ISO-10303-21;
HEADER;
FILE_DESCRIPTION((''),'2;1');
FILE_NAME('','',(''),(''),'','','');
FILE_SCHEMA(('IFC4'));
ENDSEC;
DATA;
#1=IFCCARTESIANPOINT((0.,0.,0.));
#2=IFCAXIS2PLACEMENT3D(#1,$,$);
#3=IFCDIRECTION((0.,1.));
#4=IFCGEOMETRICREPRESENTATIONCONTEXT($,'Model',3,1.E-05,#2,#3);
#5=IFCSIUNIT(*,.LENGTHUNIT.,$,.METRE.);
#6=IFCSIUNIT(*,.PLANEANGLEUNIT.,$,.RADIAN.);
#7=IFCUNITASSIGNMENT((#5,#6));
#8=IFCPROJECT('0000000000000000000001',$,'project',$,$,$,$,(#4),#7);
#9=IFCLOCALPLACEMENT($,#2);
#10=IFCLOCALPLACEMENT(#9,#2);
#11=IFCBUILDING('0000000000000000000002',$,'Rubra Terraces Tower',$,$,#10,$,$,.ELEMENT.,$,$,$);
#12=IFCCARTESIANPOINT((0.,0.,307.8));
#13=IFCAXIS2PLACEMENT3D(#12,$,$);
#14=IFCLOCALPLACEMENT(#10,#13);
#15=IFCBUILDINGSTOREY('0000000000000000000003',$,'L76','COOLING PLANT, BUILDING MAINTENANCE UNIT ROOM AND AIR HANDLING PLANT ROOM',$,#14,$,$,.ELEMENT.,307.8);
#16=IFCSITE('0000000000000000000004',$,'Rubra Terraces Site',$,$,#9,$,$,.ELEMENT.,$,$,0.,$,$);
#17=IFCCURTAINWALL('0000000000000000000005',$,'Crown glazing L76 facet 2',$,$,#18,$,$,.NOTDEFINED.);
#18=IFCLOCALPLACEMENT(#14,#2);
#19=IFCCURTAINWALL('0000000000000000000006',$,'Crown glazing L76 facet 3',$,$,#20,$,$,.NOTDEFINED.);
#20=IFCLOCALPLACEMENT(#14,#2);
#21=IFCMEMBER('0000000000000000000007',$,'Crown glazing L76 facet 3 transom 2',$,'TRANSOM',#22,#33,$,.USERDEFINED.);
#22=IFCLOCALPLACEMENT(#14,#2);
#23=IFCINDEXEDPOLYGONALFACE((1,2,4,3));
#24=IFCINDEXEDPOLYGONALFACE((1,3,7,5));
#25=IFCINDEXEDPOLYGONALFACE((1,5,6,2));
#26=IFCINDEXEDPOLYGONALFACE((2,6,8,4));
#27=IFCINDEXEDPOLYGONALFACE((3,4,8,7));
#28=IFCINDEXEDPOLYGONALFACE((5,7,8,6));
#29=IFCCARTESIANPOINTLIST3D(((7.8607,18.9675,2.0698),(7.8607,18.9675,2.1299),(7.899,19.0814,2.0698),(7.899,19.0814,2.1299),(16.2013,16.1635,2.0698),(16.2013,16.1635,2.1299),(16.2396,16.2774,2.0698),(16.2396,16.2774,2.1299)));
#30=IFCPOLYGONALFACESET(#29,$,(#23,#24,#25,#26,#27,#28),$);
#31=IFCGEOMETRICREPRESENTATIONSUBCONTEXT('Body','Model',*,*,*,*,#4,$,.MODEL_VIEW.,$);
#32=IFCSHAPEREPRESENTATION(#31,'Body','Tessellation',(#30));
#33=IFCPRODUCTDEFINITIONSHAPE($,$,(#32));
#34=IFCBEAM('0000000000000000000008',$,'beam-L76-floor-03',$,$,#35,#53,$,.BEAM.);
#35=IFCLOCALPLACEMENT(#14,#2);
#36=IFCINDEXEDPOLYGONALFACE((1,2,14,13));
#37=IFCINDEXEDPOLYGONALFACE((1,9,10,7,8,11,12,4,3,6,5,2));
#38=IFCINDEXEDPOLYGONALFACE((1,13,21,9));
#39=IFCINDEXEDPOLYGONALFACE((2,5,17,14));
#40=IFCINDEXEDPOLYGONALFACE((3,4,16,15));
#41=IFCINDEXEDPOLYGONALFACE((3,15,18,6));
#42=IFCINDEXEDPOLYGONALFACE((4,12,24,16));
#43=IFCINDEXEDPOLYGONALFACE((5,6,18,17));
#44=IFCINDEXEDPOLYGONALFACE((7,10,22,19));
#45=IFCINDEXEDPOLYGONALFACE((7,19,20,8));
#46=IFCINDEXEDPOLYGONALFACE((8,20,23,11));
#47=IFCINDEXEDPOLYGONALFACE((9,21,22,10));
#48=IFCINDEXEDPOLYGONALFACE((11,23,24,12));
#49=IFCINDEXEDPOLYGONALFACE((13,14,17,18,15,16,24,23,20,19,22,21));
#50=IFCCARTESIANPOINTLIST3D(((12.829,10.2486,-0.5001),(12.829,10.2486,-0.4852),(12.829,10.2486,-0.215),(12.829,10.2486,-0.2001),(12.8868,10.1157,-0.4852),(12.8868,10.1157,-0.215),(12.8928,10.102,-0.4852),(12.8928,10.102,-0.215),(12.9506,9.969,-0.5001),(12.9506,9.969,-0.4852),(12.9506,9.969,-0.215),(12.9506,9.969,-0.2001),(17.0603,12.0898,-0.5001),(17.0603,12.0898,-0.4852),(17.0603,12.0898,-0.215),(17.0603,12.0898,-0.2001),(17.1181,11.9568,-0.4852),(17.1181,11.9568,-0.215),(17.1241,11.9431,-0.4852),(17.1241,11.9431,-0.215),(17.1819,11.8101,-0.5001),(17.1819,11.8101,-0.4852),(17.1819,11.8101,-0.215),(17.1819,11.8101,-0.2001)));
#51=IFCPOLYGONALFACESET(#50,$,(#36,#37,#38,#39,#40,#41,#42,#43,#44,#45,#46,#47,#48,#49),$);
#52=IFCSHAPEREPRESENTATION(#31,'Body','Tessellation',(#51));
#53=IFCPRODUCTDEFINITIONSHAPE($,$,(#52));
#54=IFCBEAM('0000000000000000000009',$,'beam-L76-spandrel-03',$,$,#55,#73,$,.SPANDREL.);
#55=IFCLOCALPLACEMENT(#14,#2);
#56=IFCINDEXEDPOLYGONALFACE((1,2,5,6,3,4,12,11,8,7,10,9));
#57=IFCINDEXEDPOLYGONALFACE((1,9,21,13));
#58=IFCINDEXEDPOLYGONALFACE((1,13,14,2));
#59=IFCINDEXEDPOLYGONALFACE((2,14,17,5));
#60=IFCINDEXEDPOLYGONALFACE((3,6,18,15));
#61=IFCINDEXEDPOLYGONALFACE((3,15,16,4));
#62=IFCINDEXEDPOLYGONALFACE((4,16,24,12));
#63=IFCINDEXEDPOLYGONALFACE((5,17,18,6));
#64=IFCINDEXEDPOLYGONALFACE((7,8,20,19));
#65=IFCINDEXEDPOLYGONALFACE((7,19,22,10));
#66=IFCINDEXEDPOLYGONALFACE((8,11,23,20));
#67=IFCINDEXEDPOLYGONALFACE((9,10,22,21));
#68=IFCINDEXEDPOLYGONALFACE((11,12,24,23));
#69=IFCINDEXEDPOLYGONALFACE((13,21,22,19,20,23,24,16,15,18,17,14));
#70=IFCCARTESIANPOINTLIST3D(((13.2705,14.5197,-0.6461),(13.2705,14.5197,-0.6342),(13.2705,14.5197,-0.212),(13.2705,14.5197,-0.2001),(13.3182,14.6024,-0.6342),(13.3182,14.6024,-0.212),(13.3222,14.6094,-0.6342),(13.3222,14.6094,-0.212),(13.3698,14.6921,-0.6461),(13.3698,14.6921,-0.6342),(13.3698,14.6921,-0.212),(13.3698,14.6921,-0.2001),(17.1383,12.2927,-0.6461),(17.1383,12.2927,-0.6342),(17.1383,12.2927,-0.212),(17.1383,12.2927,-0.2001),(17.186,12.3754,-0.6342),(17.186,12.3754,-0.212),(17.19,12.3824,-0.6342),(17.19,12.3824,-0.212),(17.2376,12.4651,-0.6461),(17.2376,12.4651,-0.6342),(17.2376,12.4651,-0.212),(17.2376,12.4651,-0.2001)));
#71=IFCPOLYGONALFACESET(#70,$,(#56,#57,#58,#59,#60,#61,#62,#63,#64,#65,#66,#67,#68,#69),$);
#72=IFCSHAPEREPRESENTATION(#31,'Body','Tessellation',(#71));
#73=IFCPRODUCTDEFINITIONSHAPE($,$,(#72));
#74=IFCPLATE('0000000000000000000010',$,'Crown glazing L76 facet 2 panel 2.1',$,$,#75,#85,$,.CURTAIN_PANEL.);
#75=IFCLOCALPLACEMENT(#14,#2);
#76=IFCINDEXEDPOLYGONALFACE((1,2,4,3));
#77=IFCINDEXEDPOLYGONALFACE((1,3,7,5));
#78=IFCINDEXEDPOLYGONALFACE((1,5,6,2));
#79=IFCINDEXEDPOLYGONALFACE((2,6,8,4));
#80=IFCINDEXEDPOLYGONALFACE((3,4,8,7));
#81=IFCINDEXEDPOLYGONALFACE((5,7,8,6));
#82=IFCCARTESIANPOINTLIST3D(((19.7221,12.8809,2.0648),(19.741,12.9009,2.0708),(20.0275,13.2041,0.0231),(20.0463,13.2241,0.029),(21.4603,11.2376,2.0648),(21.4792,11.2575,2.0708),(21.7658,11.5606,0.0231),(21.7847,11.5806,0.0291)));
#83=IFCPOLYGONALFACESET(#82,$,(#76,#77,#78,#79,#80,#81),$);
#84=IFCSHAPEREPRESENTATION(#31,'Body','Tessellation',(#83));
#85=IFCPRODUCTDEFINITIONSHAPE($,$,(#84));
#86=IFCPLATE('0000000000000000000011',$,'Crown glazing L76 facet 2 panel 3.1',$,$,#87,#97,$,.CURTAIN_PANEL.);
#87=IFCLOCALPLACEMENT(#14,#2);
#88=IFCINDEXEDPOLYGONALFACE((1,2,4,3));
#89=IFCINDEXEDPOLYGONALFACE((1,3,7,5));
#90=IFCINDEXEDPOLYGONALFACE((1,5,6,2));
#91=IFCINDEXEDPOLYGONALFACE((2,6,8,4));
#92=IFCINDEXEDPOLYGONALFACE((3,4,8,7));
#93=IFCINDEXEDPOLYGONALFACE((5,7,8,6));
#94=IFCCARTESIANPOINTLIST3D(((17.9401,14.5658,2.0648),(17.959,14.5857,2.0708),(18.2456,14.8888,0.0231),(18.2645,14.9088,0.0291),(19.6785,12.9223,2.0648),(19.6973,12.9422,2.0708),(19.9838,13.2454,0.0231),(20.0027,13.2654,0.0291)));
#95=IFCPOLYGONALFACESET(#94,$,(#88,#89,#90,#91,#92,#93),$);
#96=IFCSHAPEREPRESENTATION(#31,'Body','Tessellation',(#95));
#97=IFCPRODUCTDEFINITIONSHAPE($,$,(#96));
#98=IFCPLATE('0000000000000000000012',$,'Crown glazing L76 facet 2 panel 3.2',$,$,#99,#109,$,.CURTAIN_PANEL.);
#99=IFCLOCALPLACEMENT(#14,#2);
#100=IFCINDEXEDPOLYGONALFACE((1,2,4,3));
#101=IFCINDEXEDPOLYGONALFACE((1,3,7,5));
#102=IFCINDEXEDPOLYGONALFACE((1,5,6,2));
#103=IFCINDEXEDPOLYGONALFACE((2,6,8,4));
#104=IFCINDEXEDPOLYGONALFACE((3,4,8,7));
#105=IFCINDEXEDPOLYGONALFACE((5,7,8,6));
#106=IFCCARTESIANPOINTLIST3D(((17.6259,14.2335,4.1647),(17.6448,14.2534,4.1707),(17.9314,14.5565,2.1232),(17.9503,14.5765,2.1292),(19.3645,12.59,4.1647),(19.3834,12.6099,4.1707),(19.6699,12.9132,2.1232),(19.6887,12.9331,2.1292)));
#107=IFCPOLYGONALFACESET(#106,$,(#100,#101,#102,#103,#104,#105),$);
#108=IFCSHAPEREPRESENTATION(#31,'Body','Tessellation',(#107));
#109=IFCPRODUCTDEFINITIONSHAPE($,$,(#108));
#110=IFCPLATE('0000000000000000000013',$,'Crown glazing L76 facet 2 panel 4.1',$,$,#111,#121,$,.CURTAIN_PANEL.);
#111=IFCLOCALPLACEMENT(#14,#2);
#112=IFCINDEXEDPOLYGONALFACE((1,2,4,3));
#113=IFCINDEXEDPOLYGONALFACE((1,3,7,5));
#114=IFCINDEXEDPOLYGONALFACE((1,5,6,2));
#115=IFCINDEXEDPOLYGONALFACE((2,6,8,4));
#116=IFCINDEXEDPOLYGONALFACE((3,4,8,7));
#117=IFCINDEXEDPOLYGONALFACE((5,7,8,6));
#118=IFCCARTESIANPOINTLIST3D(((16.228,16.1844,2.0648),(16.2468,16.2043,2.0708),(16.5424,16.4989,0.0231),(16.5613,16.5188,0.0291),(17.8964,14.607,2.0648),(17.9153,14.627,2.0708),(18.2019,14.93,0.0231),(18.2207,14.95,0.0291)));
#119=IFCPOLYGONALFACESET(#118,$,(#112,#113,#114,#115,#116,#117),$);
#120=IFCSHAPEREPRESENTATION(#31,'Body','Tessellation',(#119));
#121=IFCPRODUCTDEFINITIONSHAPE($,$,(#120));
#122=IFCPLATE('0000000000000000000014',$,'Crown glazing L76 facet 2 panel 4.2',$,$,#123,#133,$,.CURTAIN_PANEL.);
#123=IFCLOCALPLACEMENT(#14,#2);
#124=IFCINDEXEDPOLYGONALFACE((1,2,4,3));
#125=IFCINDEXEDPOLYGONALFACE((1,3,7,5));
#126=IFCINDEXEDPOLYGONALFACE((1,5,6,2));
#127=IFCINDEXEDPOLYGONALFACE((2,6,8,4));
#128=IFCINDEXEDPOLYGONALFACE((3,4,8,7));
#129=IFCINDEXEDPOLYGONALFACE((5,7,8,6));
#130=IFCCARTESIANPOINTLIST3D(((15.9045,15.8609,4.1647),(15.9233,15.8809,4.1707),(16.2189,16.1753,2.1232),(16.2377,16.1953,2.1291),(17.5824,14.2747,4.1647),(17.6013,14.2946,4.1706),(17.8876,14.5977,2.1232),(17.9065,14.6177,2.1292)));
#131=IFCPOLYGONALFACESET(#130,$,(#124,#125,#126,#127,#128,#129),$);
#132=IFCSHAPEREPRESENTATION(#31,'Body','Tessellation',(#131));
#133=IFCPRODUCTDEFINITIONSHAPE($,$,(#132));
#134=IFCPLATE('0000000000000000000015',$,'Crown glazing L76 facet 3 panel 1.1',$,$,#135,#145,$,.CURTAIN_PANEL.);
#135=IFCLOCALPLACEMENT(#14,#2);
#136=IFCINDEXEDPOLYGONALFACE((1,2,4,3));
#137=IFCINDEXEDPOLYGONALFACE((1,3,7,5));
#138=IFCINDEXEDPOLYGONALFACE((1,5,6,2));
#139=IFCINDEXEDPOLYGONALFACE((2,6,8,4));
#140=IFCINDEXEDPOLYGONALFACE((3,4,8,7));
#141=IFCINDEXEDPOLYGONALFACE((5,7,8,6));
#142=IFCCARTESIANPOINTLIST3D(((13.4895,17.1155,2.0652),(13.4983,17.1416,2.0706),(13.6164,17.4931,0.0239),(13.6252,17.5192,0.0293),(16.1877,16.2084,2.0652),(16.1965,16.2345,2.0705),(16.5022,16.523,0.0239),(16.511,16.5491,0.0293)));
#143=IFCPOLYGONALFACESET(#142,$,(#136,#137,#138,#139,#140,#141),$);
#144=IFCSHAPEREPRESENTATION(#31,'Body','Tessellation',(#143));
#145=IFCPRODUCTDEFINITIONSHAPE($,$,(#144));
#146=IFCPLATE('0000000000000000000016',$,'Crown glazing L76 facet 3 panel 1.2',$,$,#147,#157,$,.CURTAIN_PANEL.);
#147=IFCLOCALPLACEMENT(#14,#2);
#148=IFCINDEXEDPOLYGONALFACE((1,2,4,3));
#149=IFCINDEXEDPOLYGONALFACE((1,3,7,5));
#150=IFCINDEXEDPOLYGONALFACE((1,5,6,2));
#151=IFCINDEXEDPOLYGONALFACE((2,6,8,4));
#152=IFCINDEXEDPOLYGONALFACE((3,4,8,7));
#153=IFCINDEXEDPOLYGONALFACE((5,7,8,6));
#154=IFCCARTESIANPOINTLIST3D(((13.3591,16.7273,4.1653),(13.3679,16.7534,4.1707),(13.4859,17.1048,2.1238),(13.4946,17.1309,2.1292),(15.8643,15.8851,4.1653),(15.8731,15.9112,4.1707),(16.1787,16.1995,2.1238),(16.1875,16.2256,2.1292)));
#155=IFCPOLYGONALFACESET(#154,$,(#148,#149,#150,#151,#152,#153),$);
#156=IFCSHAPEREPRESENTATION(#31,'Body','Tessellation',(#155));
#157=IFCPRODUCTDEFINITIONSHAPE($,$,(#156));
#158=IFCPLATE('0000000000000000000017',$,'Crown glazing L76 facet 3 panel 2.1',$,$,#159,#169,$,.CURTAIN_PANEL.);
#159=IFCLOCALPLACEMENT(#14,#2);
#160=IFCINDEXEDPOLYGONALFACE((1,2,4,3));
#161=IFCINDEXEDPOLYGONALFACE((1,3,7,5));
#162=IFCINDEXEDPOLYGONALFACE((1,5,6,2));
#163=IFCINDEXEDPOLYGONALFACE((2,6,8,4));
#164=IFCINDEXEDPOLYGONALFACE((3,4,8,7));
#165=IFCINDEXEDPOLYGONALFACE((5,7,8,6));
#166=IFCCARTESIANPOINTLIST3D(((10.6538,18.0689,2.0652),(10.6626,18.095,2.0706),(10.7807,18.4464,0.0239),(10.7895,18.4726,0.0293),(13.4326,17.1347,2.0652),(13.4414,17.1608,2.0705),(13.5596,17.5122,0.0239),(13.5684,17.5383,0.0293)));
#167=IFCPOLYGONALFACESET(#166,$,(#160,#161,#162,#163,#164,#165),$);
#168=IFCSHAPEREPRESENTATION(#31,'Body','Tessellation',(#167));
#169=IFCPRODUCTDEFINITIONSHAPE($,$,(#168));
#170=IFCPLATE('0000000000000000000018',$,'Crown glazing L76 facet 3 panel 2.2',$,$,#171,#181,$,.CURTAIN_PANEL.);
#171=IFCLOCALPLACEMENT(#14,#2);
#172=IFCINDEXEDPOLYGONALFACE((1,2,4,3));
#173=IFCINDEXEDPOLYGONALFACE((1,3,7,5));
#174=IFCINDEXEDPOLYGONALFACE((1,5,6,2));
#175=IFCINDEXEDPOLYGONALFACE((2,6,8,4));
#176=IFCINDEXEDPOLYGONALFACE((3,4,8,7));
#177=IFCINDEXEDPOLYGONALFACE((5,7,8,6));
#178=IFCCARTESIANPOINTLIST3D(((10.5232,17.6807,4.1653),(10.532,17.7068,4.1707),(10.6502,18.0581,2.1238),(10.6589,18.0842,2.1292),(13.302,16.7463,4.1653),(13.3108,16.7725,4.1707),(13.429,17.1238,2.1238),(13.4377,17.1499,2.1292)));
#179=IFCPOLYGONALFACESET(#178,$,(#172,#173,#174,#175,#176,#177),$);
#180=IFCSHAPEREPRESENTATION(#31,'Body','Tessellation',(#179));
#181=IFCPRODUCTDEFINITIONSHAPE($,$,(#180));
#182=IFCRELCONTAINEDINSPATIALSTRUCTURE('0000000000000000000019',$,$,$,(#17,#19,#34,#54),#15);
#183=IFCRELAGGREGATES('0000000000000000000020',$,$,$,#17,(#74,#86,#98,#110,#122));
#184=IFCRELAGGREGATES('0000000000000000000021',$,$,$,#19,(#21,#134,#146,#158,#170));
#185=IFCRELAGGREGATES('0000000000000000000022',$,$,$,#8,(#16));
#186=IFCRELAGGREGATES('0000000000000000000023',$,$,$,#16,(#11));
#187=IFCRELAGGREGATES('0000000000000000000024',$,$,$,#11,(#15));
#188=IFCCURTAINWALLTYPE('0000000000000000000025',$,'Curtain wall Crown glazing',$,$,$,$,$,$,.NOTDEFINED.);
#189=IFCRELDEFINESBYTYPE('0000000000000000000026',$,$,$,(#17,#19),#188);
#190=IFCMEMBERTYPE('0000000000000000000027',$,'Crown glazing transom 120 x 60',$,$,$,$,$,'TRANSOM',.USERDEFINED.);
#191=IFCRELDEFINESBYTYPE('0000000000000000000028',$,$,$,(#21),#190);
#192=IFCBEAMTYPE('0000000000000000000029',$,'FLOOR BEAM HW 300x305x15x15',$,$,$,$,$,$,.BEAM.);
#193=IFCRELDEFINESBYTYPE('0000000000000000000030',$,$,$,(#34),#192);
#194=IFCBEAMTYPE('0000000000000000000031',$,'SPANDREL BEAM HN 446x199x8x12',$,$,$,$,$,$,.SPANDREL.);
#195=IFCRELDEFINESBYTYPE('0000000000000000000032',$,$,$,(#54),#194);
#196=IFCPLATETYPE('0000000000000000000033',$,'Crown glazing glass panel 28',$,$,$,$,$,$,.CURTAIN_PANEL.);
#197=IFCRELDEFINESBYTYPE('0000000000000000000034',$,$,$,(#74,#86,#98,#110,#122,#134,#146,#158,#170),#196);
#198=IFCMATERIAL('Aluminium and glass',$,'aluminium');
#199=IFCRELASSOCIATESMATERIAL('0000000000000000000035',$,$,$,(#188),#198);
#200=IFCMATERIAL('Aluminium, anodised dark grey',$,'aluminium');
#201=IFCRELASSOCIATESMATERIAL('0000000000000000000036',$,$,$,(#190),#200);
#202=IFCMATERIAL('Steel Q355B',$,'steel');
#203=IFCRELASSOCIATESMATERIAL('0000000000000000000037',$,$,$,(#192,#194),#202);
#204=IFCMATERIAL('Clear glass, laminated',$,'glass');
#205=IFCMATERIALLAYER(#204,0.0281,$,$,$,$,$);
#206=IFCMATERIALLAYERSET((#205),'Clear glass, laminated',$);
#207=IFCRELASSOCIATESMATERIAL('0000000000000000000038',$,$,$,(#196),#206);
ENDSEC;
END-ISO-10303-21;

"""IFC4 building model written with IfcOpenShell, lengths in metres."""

from ifc_helpers import new_model, si_unit, direction, frame, origin, origin_2d, place, context, subcontext, project, spatial, polyline, rectangle, i_section, outline, extrude, material, layer, layer_set, material_profile, profile_set, type_object, element, aggregate, save


model = new_model("IFC4")

# Units and contexts
model_context = context("Model", 3, precision=1e-05, world=origin(), true_north=direction((0.0, 1.0)))
body_context = subcontext(model_context, "Body", "Model", "MODEL_VIEW")
ifc_project = project(units=[si_unit("LENGTHUNIT", "METRE"), si_unit("PLANEANGLEUNIT", "RADIAN")], contexts=[model_context])

# Site, building, storey
site_placement = place(None, origin())
site = spatial("IfcSite", under=ifc_project, at=site_placement, Name="Rubra Terraces Site", CompositionType="ELEMENT", RefElevation=0.0)
building_placement = place(site_placement, origin())
building = spatial("IfcBuilding", under=site, at=building_placement, Name="Rubra Terraces Tower", CompositionType="ELEMENT")
storey_placement = place(building_placement, frame((0.0, 0.0, 307.8)))
storey = spatial("IfcBuildingStorey", under=building, at=storey_placement, Name="L76", Description="COOLING PLANT, BUILDING MAINTENANCE UNIT ROOM AND AIR HANDLING PLANT ROOM", CompositionType="ELEMENT", Elevation=307.8)

# Shared definitions
ifc_material_1 = material(Name="Steel Q355B", Category="steel")

# Curtain walls, member
ifc_material_2 = material(Name="Aluminium and glass", Category="aluminium")
curtain_wall_type = type_object("IfcCurtainWallType", Name="Curtain wall Crown glazing", PredefinedType="NOTDEFINED", material=ifc_material_2)
curtain_wall_1_placement = place(storey_placement, origin())
curtain_wall_1 = element("IfcCurtainWall", 1, at=curtain_wall_1_placement, inside=storey, type_object=curtain_wall_type, Name="Crown glazing L76 facet 2", PredefinedType="NOTDEFINED")
ifc_material_3 = material(Name="Aluminium, anodised dark grey", Category="aluminium")
curtain_wall_2_placement = place(storey_placement, origin())
curtain_wall_2 = element("IfcCurtainWall", 2, at=curtain_wall_2_placement, inside=storey, type_object=curtain_wall_type, Name="Crown glazing L76 facet 3", PredefinedType="NOTDEFINED")
ifc_material_profile_1 = material_profile(ifc_material_3, rectangle(XDim=0.1201, YDim=0.0601, at=origin_2d()), Name="AL 120x60")
ifc_profile_set_1 = profile_set([ifc_material_profile_1], Name="Aluminium, anodised dark grey")
member_type_1 = type_object("IfcMemberType", Name="Crown glazing transom 120 x 60", ElementType="TRANSOM", PredefinedType="USERDEFINED", material=ifc_profile_set_1)
member_1_placement = place(storey_placement, frame((16.2205, 16.2205, 2.0999), z_axis=(-0.94787, 0.318657, 0.0), x_axis=(-0.318657, -0.94787, 0.0)))
member_1 = element("IfcMember", 3, at=member_1_placement, type_object=member_type_1, Name="Crown glazing L76 facet 3 transom 2", ObjectType="TRANSOM", PredefinedType="USERDEFINED", context=body_context, shape_type="SweptSolid", body=[
    extrude(rectangle(XDim=0.1201, YDim=0.0601, at=origin_2d()), origin(), (0.0, 0.0, 1.0), 8.7993),
])

# Beams
ifc_material_profile_2 = material_profile(ifc_material_1, i_section(OverallWidth=0.3049, OverallDepth=0.3, WebThickness=0.0149, FlangeThickness=0.0149, at=origin_2d()), Name="HW 300x305x15x15")
ifc_profile_set_2 = profile_set([ifc_material_profile_2], Name="Steel Q355B")
beam_type_1 = type_object("IfcBeamType", Name="FLOOR BEAM HW 300x305x15x15", PredefinedType="BEAM", material=ifc_profile_set_2)
beam_1_placement = place(storey_placement, frame((17.1211, 11.95, -0.3501), z_axis=(-0.916958, -0.398983, 0.0), x_axis=(0.398983, -0.916958, 0.0)))
element("IfcBeam", 4, at=beam_1_placement, inside=storey, type_object=beam_type_1, Name="beam-L76-floor-03", PredefinedType="BEAM", context=body_context, shape_type="SweptSolid", body=[
    extrude(i_section(OverallWidth=0.3049, OverallDepth=0.3, WebThickness=0.0149, FlangeThickness=0.0149, at=origin_2d()), origin(), (0.0, 0.0, 1.0), 4.6145),
])
ifc_material_profile_3 = material_profile(ifc_material_1, i_section(OverallWidth=0.199, OverallDepth=0.446, WebThickness=0.0081, FlangeThickness=0.012, at=origin_2d()), Name="HN 446x199x8x12")
ifc_profile_set_3 = profile_set([ifc_material_profile_3], Name="Steel Q355B")
beam_type_2 = type_object("IfcBeamType", Name="SPANDREL BEAM HN 446x199x8x12", PredefinedType="SPANDREL", material=ifc_profile_set_3)
beam_2_placement = place(storey_placement, frame((17.188, 12.3789, -0.4231), z_axis=(-0.866616, 0.498976, 0.0), x_axis=(-0.498976, -0.866616, 0.0)))
element("IfcBeam", 5, at=beam_2_placement, inside=storey, type_object=beam_type_2, Name="beam-L76-spandrel-03", PredefinedType="SPANDREL", context=body_context, shape_type="SweptSolid", body=[
    extrude(i_section(OverallWidth=0.199, OverallDepth=0.446, WebThickness=0.0081, FlangeThickness=0.012, at=origin_2d()), origin(), (0.0, 0.0, 1.0), 4.4631),
])

# Plates
ifc_material_4 = material(Name="Clear glass, laminated", Category="glass")
ifc_layer_1 = layer(ifc_material_4, 0.0281)
ifc_layer_set_1 = layer_set([ifc_layer_1], Name="Clear glass, laminated")
plate_type = type_object("IfcPlateType", Name="Crown glazing glass panel 28", PredefinedType="CURTAIN_PANEL", material=ifc_layer_set_1)
plate_1_placement = place(storey_placement, frame((21.7847, 11.5806, 0.0291), z_axis=(0.671272, 0.710014, 0.212778), x_axis=(-0.726652, 0.687005, -0.000008)))
plate_1 = element("IfcPlate", 6, at=plate_1_placement, type_object=plate_type, Name="Crown glazing L76 facet 2 panel 2.1", PredefinedType="CURTAIN_PANEL", context=body_context, shape_type="SweptSolid", body=[
    extrude(outline(polyline([(0.0, 0.0), (2.3923, 0.0), (2.3921, 2.0896), (0.0, 2.0896), (0.0, 0.0)])), origin(), (0.0, 0.0, -1.0), 0.0281),
])
plate_2_placement = place(storey_placement, frame((20.0027, 13.2654, 0.0291), z_axis=(0.671272, 0.710014, 0.212778), x_axis=(-0.726655, 0.687003, 0.000008)))
plate_2 = element("IfcPlate", 7, at=plate_2_placement, type_object=plate_type, Name="Crown glazing L76 facet 2 panel 3.1", PredefinedType="CURTAIN_PANEL", context=body_context, shape_type="SweptSolid", body=[
    extrude(outline(polyline([(0.0, 0.0), (2.3921, 0.0), (2.3921, 2.0896), (-0.0001, 2.0896), (0.0, 0.0)])), origin(), (0.0, 0.0, -1.0), 0.0281),
])
plate_3_placement = place(storey_placement, frame((19.6887, 12.9331, 2.1292), z_axis=(0.671219, 0.710057, 0.212803), x_axis=(-0.726703, 0.686952, 0.000008)))
plate_3 = element("IfcPlate", 8, at=plate_3_placement, type_object=plate_type, Name="Crown glazing L76 facet 2 panel 3.2", PredefinedType="CURTAIN_PANEL", context=body_context, shape_type="SweptSolid", body=[
    extrude(outline(polyline([(0.0, 0.0), (2.3923, 0.0), (2.3923, 2.0893), (-0.0001, 2.0894), (0.0, 0.0)])), origin(), (0.0, 0.0, -1.0), 0.0281),
])
plate_4_placement = place(storey_placement, frame((18.2207, 14.95, 0.0291), z_axis=(0.671272, 0.710026, 0.212737), x_axis=(-0.72666, 0.686998, 0.0)))
plate_4 = element("IfcPlate", 9, at=plate_4_placement, type_object=plate_type, Name="Crown glazing L76 facet 2 panel 4.1", PredefinedType="CURTAIN_PANEL", context=body_context, shape_type="SweptSolid", body=[
    extrude(outline(polyline([(0.0, 0.0), (2.2836, 0.0), (2.2961, 2.0896), (0.0, 2.0896), (0.0, 0.0)])), origin(), (0.0, 0.0, -1.0), 0.0281),
])
plate_5_placement = place(storey_placement, frame((17.9065, 14.6177, 2.1292), z_axis=(0.671252, 0.710049, 0.212723), x_axis=(-0.72668, 0.686976, -0.000007)))
plate_5 = element("IfcPlate", 10, at=plate_5_placement, type_object=plate_type, Name="Crown glazing L76 facet 2 panel 4.2", PredefinedType="CURTAIN_PANEL", context=body_context, shape_type="SweptSolid", body=[
    extrude(outline(polyline([(0.0, 0.0), (2.2964, 0.0), (2.3089, 2.0893), (-0.0001, 2.0893), (0.0, 0.0)])), origin(), (0.0, 0.0, -1.0), 0.0281),
])
aggregate(curtain_wall_1, [plate_1, plate_2, plate_3, plate_4, plate_5])
plate_6_placement = place(storey_placement, frame((16.511, 16.5491, 0.0293), z_axis=(0.312751, 0.930322, 0.191539), x_axis=(-0.947872, 0.318652, -0.000006)))
plate_6 = element("IfcPlate", 11, at=plate_6_placement, type_object=plate_type, Name="Crown glazing L76 facet 3 panel 1.1", PredefinedType="CURTAIN_PANEL", context=body_context, shape_type="SweptSolid", body=[
    extrude(outline(polyline([(0.0, 0.0), (3.0445, 0.0), (3.0444, 2.0798), (0.1978, 2.0797), (0.0, 0.0)])), origin(), (0.0, 0.0, -1.0), 0.0281),
])
plate_7_placement = place(storey_placement, frame((16.1875, 16.2256, 2.1292), z_axis=(0.312776, 0.930333, 0.191446), x_axis=(-0.947866, 0.31867, 0.000004)))
plate_7 = element("IfcPlate", 12, at=plate_7_placement, type_object=plate_type, Name="Crown glazing L76 facet 3 panel 1.2", PredefinedType="CURTAIN_PANEL", context=body_context, shape_type="SweptSolid", body=[
    extrude(outline(polyline([(0.0, 0.0), (2.841, 0.0), (2.8408, 2.08), (0.1979, 2.08), (0.0, 0.0)])), origin(), (0.0, 0.0, -1.0), 0.0281),
])
plate_8_placement = place(storey_placement, frame((13.5684, 17.5383, 0.0293), z_axis=(0.312763, 0.93032, 0.191529), x_axis=(-0.947868, 0.318664, -0.000007)))
plate_8 = element("IfcPlate", 13, at=plate_8_placement, type_object=plate_type, Name="Crown glazing L76 facet 3 panel 2.1", PredefinedType="CURTAIN_PANEL", context=body_context, shape_type="SweptSolid", body=[
    extrude(outline(polyline([(0.0, 0.0), (2.9317, 0.0), (2.9316, 2.0798), (0.0, 2.0797), (0.0, 0.0)])), origin(), (0.0, 0.0, -1.0), 0.0281),
])
plate_9_placement = place(storey_placement, frame((13.4377, 17.1499, 2.1292), z_axis=(0.312805, 0.930322, 0.191454), x_axis=(-0.947856, 0.3187, 0.0)))
plate_9 = element("IfcPlate", 14, at=plate_9_placement, type_object=plate_type, Name="Crown glazing L76 facet 3 panel 2.2", PredefinedType="CURTAIN_PANEL", context=body_context, shape_type="SweptSolid", body=[
    extrude(outline(polyline([(0.0, 0.0), (2.9317, 0.0), (2.9317, 2.08), (0.0, 2.08), (0.0, 0.0)])), origin(), (0.0, 0.0, -1.0), 0.0281),
])
aggregate(curtain_wall_2, [member_1, plate_6, plate_7, plate_8, plate_9])

save(model, "model.ifc")
